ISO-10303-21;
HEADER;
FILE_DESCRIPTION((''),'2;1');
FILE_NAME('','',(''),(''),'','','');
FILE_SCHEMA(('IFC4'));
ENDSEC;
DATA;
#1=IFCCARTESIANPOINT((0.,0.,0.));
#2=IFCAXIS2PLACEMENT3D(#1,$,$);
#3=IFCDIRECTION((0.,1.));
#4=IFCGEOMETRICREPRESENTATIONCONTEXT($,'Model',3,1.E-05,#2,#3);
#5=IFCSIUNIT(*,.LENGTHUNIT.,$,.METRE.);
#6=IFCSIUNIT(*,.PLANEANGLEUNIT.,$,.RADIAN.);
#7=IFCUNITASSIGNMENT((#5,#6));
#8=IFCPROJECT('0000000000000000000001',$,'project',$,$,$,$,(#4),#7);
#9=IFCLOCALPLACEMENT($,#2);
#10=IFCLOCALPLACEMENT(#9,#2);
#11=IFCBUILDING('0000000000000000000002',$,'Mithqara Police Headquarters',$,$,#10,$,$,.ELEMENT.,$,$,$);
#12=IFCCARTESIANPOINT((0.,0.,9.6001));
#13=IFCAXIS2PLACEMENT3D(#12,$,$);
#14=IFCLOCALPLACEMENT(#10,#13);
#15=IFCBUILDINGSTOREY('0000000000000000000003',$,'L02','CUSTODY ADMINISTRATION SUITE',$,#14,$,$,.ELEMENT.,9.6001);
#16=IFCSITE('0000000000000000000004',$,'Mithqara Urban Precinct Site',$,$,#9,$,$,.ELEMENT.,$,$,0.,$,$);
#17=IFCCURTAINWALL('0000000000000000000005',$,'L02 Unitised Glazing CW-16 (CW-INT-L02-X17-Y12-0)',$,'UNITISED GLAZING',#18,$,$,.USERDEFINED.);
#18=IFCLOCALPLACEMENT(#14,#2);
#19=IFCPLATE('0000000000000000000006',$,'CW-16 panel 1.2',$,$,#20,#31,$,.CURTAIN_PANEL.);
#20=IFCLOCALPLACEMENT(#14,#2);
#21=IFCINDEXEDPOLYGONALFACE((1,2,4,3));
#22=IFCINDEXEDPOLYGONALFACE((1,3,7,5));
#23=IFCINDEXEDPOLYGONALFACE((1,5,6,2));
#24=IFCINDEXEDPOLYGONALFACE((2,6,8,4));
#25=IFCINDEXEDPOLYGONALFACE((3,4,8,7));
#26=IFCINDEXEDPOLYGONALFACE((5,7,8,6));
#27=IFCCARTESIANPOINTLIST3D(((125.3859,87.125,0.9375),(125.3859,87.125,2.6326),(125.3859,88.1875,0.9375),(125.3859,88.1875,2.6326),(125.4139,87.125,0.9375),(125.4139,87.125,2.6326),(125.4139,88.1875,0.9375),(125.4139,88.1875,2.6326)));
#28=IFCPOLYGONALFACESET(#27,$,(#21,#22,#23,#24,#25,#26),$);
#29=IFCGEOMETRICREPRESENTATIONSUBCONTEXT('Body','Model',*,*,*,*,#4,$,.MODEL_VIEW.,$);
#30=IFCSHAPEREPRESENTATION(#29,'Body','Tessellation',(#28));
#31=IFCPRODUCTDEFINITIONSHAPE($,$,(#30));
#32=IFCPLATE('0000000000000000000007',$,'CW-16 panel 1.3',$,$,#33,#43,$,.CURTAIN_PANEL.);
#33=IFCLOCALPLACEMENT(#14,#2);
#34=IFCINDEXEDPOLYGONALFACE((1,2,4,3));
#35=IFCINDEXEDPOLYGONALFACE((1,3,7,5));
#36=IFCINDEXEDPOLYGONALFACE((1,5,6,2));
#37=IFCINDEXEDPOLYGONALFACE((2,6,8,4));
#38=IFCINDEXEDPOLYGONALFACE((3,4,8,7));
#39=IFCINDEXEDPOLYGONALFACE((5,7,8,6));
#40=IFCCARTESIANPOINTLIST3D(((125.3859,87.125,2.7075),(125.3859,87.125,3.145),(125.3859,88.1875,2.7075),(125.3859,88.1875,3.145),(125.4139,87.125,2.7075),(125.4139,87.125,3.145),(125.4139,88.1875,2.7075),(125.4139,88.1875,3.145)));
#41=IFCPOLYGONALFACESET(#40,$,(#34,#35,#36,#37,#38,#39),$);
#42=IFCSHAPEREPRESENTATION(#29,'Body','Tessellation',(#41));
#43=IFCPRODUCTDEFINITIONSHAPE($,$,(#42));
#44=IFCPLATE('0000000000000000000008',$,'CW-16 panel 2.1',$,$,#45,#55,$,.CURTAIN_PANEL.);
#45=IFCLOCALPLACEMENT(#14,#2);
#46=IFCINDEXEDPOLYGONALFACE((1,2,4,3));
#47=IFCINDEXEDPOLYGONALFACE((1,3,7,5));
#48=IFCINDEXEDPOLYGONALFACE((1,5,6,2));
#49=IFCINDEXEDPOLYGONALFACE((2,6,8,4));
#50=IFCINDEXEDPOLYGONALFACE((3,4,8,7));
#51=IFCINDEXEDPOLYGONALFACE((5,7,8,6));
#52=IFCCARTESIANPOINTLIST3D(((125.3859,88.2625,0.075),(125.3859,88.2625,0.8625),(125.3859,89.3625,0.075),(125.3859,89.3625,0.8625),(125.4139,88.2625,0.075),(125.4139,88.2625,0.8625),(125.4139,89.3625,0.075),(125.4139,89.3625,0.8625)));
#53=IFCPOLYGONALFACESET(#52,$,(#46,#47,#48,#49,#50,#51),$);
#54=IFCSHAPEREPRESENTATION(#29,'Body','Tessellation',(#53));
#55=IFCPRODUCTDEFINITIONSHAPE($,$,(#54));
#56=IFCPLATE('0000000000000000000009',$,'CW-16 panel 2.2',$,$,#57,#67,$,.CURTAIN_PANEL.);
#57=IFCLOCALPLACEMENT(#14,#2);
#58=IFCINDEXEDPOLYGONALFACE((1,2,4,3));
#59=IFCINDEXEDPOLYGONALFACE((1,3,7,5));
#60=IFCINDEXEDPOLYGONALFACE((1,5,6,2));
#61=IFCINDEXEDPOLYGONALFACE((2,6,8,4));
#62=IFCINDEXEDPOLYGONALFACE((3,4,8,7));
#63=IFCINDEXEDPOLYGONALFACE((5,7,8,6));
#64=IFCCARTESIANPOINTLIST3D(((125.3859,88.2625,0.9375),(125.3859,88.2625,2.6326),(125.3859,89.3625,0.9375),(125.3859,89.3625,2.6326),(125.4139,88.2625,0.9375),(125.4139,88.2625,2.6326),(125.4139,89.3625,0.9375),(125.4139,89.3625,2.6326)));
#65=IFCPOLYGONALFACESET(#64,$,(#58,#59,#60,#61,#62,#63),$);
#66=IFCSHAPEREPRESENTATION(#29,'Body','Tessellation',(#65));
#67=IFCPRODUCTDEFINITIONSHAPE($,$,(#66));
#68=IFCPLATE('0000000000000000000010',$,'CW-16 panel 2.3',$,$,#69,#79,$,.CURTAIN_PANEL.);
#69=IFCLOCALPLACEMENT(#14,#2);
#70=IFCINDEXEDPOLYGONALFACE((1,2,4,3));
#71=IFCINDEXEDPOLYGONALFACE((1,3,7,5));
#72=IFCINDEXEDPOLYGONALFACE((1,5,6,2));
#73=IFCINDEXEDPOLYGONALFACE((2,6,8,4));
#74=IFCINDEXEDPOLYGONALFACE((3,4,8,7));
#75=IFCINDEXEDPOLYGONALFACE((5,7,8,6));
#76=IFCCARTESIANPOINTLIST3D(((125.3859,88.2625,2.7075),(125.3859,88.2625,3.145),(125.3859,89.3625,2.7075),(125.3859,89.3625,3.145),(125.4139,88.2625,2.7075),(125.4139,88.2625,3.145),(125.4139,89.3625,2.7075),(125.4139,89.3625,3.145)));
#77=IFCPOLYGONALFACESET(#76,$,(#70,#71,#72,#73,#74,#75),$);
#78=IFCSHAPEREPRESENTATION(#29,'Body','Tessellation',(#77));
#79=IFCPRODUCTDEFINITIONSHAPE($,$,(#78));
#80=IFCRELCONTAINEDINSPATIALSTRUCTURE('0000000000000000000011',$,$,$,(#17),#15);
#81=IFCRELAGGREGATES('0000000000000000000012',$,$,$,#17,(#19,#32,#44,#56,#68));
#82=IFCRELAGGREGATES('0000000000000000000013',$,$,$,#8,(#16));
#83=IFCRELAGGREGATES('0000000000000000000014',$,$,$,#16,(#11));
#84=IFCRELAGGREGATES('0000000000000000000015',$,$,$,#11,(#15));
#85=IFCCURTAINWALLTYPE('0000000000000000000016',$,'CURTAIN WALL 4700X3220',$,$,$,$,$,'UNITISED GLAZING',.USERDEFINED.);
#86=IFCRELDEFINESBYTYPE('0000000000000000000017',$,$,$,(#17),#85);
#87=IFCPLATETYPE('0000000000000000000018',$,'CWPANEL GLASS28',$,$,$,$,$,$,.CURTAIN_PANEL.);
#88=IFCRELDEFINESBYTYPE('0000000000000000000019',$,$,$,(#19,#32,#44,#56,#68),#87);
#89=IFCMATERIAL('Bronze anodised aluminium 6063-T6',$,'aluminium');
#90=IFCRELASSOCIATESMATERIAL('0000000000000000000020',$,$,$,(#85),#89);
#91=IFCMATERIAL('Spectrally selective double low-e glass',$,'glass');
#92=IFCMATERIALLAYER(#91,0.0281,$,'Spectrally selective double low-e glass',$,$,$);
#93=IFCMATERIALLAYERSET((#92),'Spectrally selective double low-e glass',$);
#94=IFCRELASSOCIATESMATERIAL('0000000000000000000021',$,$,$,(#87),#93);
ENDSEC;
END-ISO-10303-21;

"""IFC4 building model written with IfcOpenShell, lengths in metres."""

from ifc_helpers import new_model, si_unit, direction, frame, origin, origin_2d, place, context, subcontext, project, spatial, rectangle, extrude, material, layer, layer_set, type_object, element, aggregate, save


model = new_model("IFC4")

# Units and contexts
model_context = context("Model", 3, precision=1e-05, world=origin(), true_north=direction((0.0, 1.0)))
body_context = subcontext(model_context, "Body", "Model", "MODEL_VIEW")
ifc_project = project(units=[si_unit("LENGTHUNIT", "METRE"), si_unit("PLANEANGLEUNIT", "RADIAN")], contexts=[model_context])

# Site, building, storey
site_placement = place(None, origin())
site = spatial("IfcSite", under=ifc_project, at=site_placement, Name="Mithqara Urban Precinct Site", CompositionType="ELEMENT", RefElevation=0.0)
building_placement = place(site_placement, origin())
building = spatial("IfcBuilding", under=site, at=building_placement, Name="Mithqara Police Headquarters", CompositionType="ELEMENT")
storey_placement = place(building_placement, frame((0.0, 0.0, 9.6001)))
storey = spatial("IfcBuildingStorey", under=building, at=storey_placement, Name="L02", Description="CUSTODY ADMINISTRATION SUITE", CompositionType="ELEMENT", Elevation=9.6001)

# Curtain wall, plates
ifc_material_1 = material(Name="Bronze anodised aluminium 6063-T6", Category="aluminium")
curtain_wall_type = type_object("IfcCurtainWallType", Name="CURTAIN WALL 4700X3220", ElementType="UNITISED GLAZING", PredefinedType="USERDEFINED", material=ifc_material_1)
curtain_wall_placement = place(storey_placement, origin())
curtain_wall = element("IfcCurtainWall", 1, at=curtain_wall_placement, inside=storey, type_object=curtain_wall_type, Name="L02 Unitised Glazing CW-16 (CW-INT-L02-X17-Y12-0)", ObjectType="UNITISED GLAZING", PredefinedType="USERDEFINED")
ifc_material_2 = material(Name="Spectrally selective double low-e glass", Category="glass")
ifc_layer = layer(ifc_material_2, 0.0281, Name="Spectrally selective double low-e glass")
ifc_layer_set = layer_set([ifc_layer], Name="Spectrally selective double low-e glass")
plate_type = type_object("IfcPlateType", Name="CWPANEL GLASS28", PredefinedType="CURTAIN_PANEL", material=ifc_layer_set)
plate_1_placement = place(storey_placement, frame((125.3999, 87.6562, 0.9375), z_axis=(0.0, 0.0, 1.0), x_axis=(0.0, 1.0, 0.0)))
plate_1 = element("IfcPlate", 2, at=plate_1_placement, type_object=plate_type, Name="CW-16 panel 1.2", PredefinedType="CURTAIN_PANEL", context=body_context, shape_type="SweptSolid", body=[
    extrude(rectangle(XDim=1.0625, YDim=0.0281, at=origin_2d()), origin(), (0.0, 0.0, 1.0), 1.6951),
])
plate_2_placement = place(storey_placement, frame((125.3999, 87.6562, 2.7075), z_axis=(0.0, 0.0, 1.0), x_axis=(0.0, 1.0, 0.0)))
plate_2 = element("IfcPlate", 3, at=plate_2_placement, type_object=plate_type, Name="CW-16 panel 1.3", PredefinedType="CURTAIN_PANEL", context=body_context, shape_type="SweptSolid", body=[
    extrude(rectangle(XDim=1.0625, YDim=0.0281, at=origin_2d()), origin(), (0.0, 0.0, 1.0), 0.4375),
])
plate_3_placement = place(storey_placement, frame((125.3999, 88.8125, 0.075), z_axis=(0.0, 0.0, 1.0), x_axis=(0.0, 1.0, 0.0)))
plate_3 = element("IfcPlate", 4, at=plate_3_placement, type_object=plate_type, Name="CW-16 panel 2.1", PredefinedType="CURTAIN_PANEL", context=body_context, shape_type="SweptSolid", body=[
    extrude(rectangle(XDim=1.1001, YDim=0.0281, at=origin_2d()), origin(), (0.0, 0.0, 1.0), 0.7876),
])
plate_4_placement = place(storey_placement, frame((125.3999, 88.8125, 0.9375), z_axis=(0.0, 0.0, 1.0), x_axis=(0.0, 1.0, 0.0)))
plate_4 = element("IfcPlate", 5, at=plate_4_placement, type_object=plate_type, Name="CW-16 panel 2.2", PredefinedType="CURTAIN_PANEL", context=body_context, shape_type="SweptSolid", body=[
    extrude(rectangle(XDim=1.1001, YDim=0.0281, at=origin_2d()), origin(), (0.0, 0.0, 1.0), 1.6951),
])
plate_5_placement = place(storey_placement, frame((125.3999, 88.8125, 2.7075), z_axis=(0.0, 0.0, 1.0), x_axis=(0.0, 1.0, 0.0)))
plate_5 = element("IfcPlate", 6, at=plate_5_placement, type_object=plate_type, Name="CW-16 panel 2.3", PredefinedType="CURTAIN_PANEL", context=body_context, shape_type="SweptSolid", body=[
    extrude(rectangle(XDim=1.1001, YDim=0.0281, at=origin_2d()), origin(), (0.0, 0.0, 1.0), 0.4375),
])
aggregate(curtain_wall, [plate_1, plate_2, plate_3, plate_4, plate_5])

save(model, "model.ifc")
